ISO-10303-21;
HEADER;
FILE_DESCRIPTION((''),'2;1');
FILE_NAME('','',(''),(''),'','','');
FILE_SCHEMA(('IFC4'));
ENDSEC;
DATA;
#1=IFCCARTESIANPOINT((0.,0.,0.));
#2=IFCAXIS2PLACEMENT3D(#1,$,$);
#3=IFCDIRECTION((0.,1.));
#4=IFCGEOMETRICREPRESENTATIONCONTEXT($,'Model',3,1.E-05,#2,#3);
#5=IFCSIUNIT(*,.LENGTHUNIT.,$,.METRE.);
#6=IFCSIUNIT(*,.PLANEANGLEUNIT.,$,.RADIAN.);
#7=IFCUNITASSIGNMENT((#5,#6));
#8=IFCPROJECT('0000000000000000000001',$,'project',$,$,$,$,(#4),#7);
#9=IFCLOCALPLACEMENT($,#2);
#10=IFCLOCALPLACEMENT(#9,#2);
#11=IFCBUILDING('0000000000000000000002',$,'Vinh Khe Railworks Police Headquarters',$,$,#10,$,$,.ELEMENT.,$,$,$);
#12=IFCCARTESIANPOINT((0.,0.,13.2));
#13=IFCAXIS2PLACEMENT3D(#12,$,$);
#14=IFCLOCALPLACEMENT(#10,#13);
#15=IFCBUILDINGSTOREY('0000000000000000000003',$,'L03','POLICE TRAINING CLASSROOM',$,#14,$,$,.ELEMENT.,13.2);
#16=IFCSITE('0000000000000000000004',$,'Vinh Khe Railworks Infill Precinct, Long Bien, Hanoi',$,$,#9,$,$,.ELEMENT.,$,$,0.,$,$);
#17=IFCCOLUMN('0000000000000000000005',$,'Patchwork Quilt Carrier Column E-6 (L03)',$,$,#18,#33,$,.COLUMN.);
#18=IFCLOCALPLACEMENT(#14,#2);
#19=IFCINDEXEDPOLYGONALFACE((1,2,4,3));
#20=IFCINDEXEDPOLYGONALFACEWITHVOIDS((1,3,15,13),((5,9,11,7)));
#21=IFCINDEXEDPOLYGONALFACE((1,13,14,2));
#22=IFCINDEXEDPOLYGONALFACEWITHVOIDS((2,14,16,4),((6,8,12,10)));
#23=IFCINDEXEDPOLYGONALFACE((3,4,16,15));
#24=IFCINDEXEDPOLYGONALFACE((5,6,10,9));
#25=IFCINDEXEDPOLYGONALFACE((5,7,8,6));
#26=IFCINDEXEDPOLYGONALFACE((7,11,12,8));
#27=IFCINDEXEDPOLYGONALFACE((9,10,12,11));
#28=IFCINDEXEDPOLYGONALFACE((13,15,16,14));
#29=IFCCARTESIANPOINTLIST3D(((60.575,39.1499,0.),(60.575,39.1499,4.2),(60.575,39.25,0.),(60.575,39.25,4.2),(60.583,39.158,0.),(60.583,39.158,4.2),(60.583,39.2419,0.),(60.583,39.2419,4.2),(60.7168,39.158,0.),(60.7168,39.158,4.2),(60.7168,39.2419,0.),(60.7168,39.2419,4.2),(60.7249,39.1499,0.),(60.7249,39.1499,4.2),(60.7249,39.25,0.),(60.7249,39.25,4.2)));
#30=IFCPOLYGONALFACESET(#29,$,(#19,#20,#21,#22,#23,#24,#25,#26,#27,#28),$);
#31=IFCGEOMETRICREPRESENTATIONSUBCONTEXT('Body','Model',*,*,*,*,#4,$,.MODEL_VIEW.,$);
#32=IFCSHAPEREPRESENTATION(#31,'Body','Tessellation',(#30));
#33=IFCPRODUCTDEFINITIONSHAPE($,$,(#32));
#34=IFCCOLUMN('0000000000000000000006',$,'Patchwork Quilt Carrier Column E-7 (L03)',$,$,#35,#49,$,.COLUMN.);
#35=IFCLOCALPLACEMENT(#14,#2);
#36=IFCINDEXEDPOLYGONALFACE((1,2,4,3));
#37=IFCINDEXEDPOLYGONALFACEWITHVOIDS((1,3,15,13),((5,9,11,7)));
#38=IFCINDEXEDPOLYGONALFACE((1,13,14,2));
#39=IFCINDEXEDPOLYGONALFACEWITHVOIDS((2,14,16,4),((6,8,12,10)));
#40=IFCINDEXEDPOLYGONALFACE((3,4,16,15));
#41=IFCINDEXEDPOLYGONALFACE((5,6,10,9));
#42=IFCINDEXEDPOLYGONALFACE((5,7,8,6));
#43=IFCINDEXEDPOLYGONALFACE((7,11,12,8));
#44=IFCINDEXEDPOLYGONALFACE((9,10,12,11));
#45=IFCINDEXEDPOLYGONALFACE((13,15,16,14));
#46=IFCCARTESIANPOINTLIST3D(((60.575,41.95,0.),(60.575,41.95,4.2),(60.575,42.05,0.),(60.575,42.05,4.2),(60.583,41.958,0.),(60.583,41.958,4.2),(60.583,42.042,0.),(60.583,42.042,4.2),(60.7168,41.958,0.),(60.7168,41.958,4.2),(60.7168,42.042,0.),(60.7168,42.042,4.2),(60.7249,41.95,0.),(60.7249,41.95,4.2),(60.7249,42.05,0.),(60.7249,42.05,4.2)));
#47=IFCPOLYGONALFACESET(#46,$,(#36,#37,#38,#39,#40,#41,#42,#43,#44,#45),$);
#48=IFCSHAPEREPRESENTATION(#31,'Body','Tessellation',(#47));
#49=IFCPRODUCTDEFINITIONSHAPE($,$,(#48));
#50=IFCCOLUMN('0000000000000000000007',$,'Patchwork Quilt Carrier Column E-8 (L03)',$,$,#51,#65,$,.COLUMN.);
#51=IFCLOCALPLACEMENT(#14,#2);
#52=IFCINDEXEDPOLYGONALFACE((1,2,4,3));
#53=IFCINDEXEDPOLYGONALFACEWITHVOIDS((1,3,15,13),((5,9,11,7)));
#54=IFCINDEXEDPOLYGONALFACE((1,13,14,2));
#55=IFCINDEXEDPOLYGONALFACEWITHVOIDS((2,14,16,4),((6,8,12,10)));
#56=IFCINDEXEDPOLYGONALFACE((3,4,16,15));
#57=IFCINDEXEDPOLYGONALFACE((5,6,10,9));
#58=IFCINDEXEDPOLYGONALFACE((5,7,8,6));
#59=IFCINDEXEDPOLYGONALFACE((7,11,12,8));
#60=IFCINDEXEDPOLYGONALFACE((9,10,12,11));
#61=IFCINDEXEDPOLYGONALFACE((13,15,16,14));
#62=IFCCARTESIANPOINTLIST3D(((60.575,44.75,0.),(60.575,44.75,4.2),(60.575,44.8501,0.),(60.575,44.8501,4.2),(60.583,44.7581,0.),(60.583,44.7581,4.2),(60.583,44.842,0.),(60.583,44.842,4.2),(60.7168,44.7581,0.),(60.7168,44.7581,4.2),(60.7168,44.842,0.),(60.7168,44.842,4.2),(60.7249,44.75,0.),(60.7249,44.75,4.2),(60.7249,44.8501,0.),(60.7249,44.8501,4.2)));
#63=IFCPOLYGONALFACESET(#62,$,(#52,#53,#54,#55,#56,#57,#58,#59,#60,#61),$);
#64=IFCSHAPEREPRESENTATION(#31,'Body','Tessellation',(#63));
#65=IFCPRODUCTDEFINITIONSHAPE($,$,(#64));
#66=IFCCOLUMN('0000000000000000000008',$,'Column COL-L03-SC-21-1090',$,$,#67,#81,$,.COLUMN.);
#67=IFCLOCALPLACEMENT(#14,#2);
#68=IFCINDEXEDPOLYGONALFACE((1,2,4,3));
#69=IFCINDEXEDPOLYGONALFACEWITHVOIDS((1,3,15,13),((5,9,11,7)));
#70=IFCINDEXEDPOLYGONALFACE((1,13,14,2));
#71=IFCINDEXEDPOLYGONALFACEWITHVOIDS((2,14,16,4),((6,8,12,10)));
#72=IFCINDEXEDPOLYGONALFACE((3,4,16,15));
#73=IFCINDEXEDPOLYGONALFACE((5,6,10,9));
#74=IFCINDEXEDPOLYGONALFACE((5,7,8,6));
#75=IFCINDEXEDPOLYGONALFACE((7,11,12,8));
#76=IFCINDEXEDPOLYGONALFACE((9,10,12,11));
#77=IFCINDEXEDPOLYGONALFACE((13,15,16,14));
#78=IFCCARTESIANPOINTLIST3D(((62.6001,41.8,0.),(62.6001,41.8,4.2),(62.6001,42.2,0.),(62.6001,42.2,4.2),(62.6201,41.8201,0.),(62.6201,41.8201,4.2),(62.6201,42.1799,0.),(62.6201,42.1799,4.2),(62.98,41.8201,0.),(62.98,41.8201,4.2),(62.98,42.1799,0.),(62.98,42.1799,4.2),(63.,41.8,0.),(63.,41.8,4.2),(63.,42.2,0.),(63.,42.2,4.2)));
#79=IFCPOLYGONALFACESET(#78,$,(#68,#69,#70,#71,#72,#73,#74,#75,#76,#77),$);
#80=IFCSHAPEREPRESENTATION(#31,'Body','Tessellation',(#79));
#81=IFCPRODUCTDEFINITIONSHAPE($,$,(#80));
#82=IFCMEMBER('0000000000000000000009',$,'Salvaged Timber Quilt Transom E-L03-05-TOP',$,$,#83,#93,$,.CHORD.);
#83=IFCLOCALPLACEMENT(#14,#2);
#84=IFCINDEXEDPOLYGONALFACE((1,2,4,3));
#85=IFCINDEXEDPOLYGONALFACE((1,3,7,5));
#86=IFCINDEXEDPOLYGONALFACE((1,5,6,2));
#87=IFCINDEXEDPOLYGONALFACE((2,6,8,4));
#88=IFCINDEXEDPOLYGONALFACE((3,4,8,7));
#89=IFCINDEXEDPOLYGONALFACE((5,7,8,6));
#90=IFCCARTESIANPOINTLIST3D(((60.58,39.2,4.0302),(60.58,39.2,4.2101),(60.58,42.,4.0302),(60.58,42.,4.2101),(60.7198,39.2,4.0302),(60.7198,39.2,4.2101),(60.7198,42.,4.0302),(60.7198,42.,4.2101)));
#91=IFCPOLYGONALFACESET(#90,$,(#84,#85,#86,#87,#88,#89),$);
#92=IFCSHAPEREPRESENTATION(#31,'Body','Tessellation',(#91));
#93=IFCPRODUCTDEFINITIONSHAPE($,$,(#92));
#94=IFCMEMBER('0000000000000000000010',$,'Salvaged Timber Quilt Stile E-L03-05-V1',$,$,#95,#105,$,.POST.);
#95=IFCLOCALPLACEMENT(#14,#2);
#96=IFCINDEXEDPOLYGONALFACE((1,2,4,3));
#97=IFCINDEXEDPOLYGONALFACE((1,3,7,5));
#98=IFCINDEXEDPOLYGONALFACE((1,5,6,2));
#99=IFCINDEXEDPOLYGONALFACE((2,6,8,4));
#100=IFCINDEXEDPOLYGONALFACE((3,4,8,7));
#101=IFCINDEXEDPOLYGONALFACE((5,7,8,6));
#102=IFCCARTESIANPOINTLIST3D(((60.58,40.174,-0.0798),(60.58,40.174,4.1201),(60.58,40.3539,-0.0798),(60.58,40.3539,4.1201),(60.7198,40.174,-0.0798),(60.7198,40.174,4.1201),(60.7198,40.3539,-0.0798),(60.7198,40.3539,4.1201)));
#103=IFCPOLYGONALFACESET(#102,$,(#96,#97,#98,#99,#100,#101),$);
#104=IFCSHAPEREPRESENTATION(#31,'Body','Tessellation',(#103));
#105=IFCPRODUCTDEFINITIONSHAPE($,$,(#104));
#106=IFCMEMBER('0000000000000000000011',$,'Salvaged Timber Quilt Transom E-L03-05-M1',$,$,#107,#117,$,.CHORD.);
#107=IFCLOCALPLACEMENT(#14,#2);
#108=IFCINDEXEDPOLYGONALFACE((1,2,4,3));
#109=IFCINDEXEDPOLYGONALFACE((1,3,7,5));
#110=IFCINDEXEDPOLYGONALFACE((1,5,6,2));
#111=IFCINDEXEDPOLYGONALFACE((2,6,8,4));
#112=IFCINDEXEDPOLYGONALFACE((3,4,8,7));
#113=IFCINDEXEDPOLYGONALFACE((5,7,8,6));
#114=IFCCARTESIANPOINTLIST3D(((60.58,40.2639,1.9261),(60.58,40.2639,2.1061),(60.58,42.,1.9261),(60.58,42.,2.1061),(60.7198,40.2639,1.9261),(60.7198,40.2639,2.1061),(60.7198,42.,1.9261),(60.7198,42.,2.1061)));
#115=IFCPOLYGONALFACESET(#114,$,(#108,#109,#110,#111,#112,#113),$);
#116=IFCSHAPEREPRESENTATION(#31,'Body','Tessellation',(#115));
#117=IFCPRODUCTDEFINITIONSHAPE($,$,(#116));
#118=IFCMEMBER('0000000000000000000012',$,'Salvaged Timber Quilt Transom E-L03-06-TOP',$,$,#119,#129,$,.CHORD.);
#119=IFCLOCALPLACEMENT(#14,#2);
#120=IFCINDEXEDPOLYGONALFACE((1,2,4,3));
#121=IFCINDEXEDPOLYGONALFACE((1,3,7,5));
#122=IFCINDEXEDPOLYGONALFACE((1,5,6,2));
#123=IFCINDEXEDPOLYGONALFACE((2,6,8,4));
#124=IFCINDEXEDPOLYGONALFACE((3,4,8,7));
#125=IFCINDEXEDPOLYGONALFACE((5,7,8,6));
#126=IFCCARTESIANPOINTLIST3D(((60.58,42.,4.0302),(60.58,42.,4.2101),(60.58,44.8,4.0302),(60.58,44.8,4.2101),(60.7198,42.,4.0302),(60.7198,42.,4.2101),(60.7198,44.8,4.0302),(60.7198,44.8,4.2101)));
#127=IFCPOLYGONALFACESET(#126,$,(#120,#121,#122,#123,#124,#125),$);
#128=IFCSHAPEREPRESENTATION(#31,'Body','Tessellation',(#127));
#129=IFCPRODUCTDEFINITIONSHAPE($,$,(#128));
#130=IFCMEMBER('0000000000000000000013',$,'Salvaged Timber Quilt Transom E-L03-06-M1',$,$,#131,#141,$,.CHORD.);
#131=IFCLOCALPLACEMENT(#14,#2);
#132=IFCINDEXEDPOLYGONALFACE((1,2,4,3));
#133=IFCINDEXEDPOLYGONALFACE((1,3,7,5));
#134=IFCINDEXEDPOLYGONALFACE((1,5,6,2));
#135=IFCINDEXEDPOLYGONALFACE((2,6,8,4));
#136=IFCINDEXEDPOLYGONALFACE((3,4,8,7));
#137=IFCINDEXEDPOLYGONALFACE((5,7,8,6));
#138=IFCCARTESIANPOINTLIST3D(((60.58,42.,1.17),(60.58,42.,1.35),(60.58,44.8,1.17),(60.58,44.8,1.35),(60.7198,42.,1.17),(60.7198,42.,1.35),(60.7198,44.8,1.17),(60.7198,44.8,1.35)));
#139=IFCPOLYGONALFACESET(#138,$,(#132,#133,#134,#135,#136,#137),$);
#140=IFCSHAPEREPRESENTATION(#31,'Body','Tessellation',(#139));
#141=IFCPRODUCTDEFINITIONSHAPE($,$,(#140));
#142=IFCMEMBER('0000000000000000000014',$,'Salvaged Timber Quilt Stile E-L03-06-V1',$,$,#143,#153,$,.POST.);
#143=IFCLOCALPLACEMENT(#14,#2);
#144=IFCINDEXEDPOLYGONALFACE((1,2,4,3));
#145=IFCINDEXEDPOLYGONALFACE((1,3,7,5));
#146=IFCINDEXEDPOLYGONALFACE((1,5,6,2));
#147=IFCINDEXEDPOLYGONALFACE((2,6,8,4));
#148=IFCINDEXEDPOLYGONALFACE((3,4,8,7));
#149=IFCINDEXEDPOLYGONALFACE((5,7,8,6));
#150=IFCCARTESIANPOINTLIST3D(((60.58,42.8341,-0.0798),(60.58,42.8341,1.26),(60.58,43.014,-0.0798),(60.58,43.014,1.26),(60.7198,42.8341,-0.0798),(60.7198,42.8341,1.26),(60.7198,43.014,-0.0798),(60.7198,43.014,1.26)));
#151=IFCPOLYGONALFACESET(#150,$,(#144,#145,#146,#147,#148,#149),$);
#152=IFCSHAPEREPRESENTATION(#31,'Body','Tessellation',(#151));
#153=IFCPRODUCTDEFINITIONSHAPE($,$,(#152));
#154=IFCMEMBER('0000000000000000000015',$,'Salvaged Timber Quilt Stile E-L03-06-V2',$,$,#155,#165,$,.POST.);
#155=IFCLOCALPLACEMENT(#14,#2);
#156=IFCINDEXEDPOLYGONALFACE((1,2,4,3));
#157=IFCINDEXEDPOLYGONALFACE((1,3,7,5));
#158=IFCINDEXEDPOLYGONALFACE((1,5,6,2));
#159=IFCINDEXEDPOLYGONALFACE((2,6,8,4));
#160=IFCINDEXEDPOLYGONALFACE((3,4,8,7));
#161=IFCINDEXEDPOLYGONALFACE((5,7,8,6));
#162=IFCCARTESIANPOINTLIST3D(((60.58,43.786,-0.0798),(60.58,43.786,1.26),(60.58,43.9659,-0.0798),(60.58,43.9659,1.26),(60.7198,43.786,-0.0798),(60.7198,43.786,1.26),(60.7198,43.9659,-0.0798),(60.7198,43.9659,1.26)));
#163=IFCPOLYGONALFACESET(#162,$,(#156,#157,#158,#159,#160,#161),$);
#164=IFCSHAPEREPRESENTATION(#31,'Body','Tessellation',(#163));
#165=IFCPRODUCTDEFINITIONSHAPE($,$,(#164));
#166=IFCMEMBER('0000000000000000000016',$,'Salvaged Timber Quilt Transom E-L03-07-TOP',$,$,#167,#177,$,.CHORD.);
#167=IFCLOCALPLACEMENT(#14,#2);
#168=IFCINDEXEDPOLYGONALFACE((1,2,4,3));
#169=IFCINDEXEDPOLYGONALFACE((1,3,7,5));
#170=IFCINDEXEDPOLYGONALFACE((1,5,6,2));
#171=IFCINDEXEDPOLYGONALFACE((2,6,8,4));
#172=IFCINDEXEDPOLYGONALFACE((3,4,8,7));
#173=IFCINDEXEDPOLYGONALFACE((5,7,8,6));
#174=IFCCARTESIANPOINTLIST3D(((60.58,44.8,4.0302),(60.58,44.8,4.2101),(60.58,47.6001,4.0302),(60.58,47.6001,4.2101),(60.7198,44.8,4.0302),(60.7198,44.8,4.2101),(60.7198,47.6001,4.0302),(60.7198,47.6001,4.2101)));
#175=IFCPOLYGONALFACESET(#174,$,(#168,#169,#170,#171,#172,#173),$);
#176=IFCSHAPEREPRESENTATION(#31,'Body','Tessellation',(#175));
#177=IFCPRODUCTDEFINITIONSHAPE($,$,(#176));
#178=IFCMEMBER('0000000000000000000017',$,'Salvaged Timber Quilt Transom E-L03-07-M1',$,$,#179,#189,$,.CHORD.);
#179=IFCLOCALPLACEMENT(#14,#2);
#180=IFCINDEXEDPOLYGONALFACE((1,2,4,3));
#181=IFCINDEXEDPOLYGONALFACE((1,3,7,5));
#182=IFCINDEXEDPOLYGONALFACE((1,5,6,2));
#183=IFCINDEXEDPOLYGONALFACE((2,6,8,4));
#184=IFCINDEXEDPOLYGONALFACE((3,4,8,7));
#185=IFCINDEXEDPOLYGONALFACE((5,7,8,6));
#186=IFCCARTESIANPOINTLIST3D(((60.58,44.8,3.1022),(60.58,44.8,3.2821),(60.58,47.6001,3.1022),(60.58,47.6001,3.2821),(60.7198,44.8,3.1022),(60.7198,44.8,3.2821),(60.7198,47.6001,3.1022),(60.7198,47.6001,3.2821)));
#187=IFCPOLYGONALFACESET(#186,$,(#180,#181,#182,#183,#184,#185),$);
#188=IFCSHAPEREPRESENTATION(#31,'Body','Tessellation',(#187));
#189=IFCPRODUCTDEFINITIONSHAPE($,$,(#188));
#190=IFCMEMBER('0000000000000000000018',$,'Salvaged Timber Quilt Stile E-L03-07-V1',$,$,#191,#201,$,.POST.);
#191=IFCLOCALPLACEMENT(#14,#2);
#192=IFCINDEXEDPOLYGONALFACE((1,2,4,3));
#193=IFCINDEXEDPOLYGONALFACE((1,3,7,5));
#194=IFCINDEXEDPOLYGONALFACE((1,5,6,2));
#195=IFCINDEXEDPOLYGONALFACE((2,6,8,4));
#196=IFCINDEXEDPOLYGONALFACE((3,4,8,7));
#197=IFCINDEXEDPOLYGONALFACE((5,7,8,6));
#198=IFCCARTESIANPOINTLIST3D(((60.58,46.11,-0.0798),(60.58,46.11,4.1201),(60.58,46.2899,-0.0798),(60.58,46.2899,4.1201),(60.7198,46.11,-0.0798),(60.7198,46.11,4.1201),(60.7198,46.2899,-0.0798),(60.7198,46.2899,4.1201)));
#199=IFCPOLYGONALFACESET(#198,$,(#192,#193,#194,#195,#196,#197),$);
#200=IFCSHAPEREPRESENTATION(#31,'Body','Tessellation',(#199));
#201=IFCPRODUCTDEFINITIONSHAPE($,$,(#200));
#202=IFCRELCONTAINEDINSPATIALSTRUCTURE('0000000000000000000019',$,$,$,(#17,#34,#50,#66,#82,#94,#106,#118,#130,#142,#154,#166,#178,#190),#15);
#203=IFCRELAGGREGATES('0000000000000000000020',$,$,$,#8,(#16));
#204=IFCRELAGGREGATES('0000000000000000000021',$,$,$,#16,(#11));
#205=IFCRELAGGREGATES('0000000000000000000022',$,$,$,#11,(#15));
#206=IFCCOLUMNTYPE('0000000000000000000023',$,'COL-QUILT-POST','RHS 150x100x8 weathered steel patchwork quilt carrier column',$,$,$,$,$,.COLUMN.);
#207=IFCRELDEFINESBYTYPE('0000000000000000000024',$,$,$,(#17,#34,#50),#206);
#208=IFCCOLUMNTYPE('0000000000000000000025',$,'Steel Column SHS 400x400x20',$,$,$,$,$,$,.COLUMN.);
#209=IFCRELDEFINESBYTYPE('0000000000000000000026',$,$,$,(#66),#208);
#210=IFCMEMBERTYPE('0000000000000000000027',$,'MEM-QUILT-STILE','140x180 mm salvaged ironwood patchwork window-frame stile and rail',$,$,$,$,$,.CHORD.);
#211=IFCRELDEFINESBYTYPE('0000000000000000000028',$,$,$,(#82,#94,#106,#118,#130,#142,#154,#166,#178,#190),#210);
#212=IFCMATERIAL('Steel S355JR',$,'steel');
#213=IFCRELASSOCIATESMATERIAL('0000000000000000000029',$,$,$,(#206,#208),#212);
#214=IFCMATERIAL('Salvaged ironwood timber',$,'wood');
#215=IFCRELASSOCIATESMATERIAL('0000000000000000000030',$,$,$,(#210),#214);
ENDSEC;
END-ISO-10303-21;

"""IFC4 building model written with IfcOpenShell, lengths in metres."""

from ifc_helpers import new_model, si_unit, direction, frame, origin, origin_2d, place, context, subcontext, project, spatial, rectangle, hollow_rectangle, extrude, material, material_profile, profile_set, type_object, element, save


model = new_model("IFC4")

# Units and contexts
model_context = context("Model", 3, precision=1e-05, world=origin(), true_north=direction((0.0, 1.0)))
body_context = subcontext(model_context, "Body", "Model", "MODEL_VIEW")
ifc_project = project(units=[si_unit("LENGTHUNIT", "METRE"), si_unit("PLANEANGLEUNIT", "RADIAN")], contexts=[model_context])

# Site, building, storey
site_placement = place(None, origin())
site = spatial("IfcSite", under=ifc_project, at=site_placement, Name="Vinh Khe Railworks Infill Precinct, Long Bien, Hanoi", CompositionType="ELEMENT", RefElevation=0.0)
building_placement = place(site_placement, origin())
building = spatial("IfcBuilding", under=site, at=building_placement, Name="Vinh Khe Railworks Police Headquarters", CompositionType="ELEMENT")
storey_placement = place(building_placement, frame((0.0, 0.0, 13.2)))
storey = spatial("IfcBuildingStorey", under=building, at=storey_placement, Name="L03", Description="POLICE TRAINING CLASSROOM", CompositionType="ELEMENT", Elevation=13.2)

# Columns
ifc_material_1 = material(Name="Steel S355JR", Category="steel")
ifc_material_profile_1 = material_profile(ifc_material_1, hollow_rectangle(XDim=0.1499, YDim=0.1001, WallThickness=0.0081, at=origin_2d()), Name="RHS 150x100x8")
ifc_profile_set_1 = profile_set([ifc_material_profile_1], Name="Steel S355JR")
column_type_1 = type_object("IfcColumnType", Name="COL-QUILT-POST", Description="RHS 150x100x8 weathered steel patchwork quilt carrier column", PredefinedType="COLUMN", material=ifc_profile_set_1)
for number, where, z_axis, x_axis, name in (
    (1, (60.6499, 39.2, 0.0), (0.0, 0.0, 1.0), (1.0, 0.0, 0.0), "Patchwork Quilt Carrier Column E-6 (L03)"),
    (2, (60.6499, 42.0, 0.0), (0.0, 0.0, 1.0), (1.0, 0.0, 0.0), "Patchwork Quilt Carrier Column E-7 (L03)"),
    (3, (60.6499, 44.8, 0.0), (0.0, 0.0, 1.0), (1.0, 0.0, 0.0), "Patchwork Quilt Carrier Column E-8 (L03)"),
):
    element("IfcColumn", number, at=place(storey_placement, frame(where, z_axis=z_axis, x_axis=x_axis)), inside=storey, type_object=column_type_1, Name=name, PredefinedType="COLUMN", context=body_context, shape_type="SweptSolid", body=[
        extrude(hollow_rectangle(XDim=0.1499, YDim=0.1001, WallThickness=0.0081, at=origin_2d()), origin(), (0.0, 0.0, 1.0), 4.2),
    ])
ifc_material_profile_2 = material_profile(ifc_material_1, hollow_rectangle(XDim=0.3999, YDim=0.3999, WallThickness=0.02, at=origin_2d()), Name="SHS 400x400x20")
ifc_profile_set_2 = profile_set([ifc_material_profile_2], Name="Steel S355JR")
column_type_2 = type_object("IfcColumnType", Name="Steel Column SHS 400x400x20", PredefinedType="COLUMN", material=ifc_profile_set_2)
column_placement = place(storey_placement, frame((62.8, 42.0, 0.0), z_axis=(0.0, 0.0, 1.0), x_axis=(1.0, 0.0, 0.0)))
element("IfcColumn", 4, at=column_placement, inside=storey, type_object=column_type_2, Name="Column COL-L03-SC-21-1090", PredefinedType="COLUMN", context=body_context, shape_type="SweptSolid", body=[
    extrude(hollow_rectangle(XDim=0.3999, YDim=0.3999, WallThickness=0.02, at=origin_2d()), origin(), (0.0, 0.0, 1.0), 4.2),
])

# Members
ifc_material_2 = material(Name="Salvaged ironwood timber", Category="wood")
ifc_material_profile_3 = material_profile(ifc_material_2, rectangle(XDim=0.1399, YDim=0.1799, at=origin_2d()), Name="TIMBER 140x180")
ifc_profile_set_3 = profile_set([ifc_material_profile_3], Name="Salvaged ironwood timber")
member_type_1 = type_object("IfcMemberType", Name="MEM-QUILT-STILE", Description="140x180 mm salvaged ironwood patchwork window-frame stile and rail", PredefinedType="CHORD", material=ifc_profile_set_3)
member_1_placement = place(storey_placement, frame((60.6499, 39.2, 4.1201), z_axis=(0.0, 1.0, 0.0), x_axis=(-1.0, 0.0, 0.0)))
element("IfcMember", 5, at=member_1_placement, inside=storey, type_object=member_type_1, Name="Salvaged Timber Quilt Transom E-L03-05-TOP", PredefinedType="CHORD", context=body_context, shape_type="SweptSolid", body=[
    extrude(rectangle(XDim=0.1399, YDim=0.1799, at=origin_2d()), origin(), (0.0, 0.0, 1.0), 2.8),
])
member_2_placement = place(storey_placement, frame((60.6499, 40.2639, -0.0798), z_axis=(0.0, 0.0, 1.0), x_axis=(1.0, 0.0, 0.0)))
element("IfcMember", 6, at=member_2_placement, inside=storey, type_object=member_type_1, Name="Salvaged Timber Quilt Stile E-L03-05-V1", PredefinedType="POST", context=body_context, shape_type="SweptSolid", body=[
    extrude(rectangle(XDim=0.1399, YDim=0.1799, at=origin_2d()), origin(), (0.0, 0.0, 1.0), 4.2),
])
member_3_placement = place(storey_placement, frame((60.6499, 40.2639, 2.0161), z_axis=(0.0, 1.0, 0.0), x_axis=(-1.0, 0.0, 0.0)))
element("IfcMember", 7, at=member_3_placement, inside=storey, type_object=member_type_1, Name="Salvaged Timber Quilt Transom E-L03-05-M1", PredefinedType="CHORD", context=body_context, shape_type="SweptSolid", body=[
    extrude(rectangle(XDim=0.1399, YDim=0.1799, at=origin_2d()), origin(), (0.0, 0.0, 1.0), 1.7361),
])
for number, where, z_axis, x_axis, name in (
    (8, (60.6499, 42.0, 4.1201), (0.0, 1.0, 0.0), (-1.0, 0.0, 0.0), "Salvaged Timber Quilt Transom E-L03-06-TOP"),
    (9, (60.6499, 42.0, 1.26), (0.0, 1.0, 0.0), (-1.0, 0.0, 0.0), "Salvaged Timber Quilt Transom E-L03-06-M1"),
):
    element("IfcMember", number, at=place(storey_placement, frame(where, z_axis=z_axis, x_axis=x_axis)), inside=storey, type_object=member_type_1, Name=name, PredefinedType="CHORD", context=body_context, shape_type="SweptSolid", body=[
        extrude(rectangle(XDim=0.1399, YDim=0.1799, at=origin_2d()), origin(), (0.0, 0.0, 1.0), 2.8),
    ])
for number, where, z_axis, x_axis, name in (
    (10, (60.6499, 42.9241, -0.0798), (0.0, 0.0, 1.0), (1.0, 0.0, 0.0), "Salvaged Timber Quilt Stile E-L03-06-V1"),
    (11, (60.6499, 43.876, -0.0798), (0.0, 0.0, 1.0), (1.0, 0.0, 0.0), "Salvaged Timber Quilt Stile E-L03-06-V2"),
):
    element("IfcMember", number, at=place(storey_placement, frame(where, z_axis=z_axis, x_axis=x_axis)), inside=storey, type_object=member_type_1, Name=name, PredefinedType="POST", context=body_context, shape_type="SweptSolid", body=[
        extrude(rectangle(XDim=0.1399, YDim=0.1799, at=origin_2d()), origin(), (0.0, 0.0, 1.0), 1.3398),
    ])
for number, where, z_axis, x_axis, name in (
    (12, (60.6499, 44.8, 4.1201), (0.0, 1.0, 0.0), (-1.0, 0.0, 0.0), "Salvaged Timber Quilt Transom E-L03-07-TOP"),
    (13, (60.6499, 44.8, 3.1921), (0.0, 1.0, 0.0), (-1.0, 0.0, 0.0), "Salvaged Timber Quilt Transom E-L03-07-M1"),
):
    element("IfcMember", number, at=place(storey_placement, frame(where, z_axis=z_axis, x_axis=x_axis)), inside=storey, type_object=member_type_1, Name=name, PredefinedType="CHORD", context=body_context, shape_type="SweptSolid", body=[
        extrude(rectangle(XDim=0.1399, YDim=0.1799, at=origin_2d()), origin(), (0.0, 0.0, 1.0), 2.8),
    ])
member_4_placement = place(storey_placement, frame((60.6499, 46.2, -0.0798), z_axis=(0.0, 0.0, 1.0), x_axis=(1.0, 0.0, 0.0)))
element("IfcMember", 14, at=member_4_placement, inside=storey, type_object=member_type_1, Name="Salvaged Timber Quilt Stile E-L03-07-V1", PredefinedType="POST", context=body_context, shape_type="SweptSolid", body=[
    extrude(rectangle(XDim=0.1399, YDim=0.1799, at=origin_2d()), origin(), (0.0, 0.0, 1.0), 4.2),
])

save(model, "model.ifc")
